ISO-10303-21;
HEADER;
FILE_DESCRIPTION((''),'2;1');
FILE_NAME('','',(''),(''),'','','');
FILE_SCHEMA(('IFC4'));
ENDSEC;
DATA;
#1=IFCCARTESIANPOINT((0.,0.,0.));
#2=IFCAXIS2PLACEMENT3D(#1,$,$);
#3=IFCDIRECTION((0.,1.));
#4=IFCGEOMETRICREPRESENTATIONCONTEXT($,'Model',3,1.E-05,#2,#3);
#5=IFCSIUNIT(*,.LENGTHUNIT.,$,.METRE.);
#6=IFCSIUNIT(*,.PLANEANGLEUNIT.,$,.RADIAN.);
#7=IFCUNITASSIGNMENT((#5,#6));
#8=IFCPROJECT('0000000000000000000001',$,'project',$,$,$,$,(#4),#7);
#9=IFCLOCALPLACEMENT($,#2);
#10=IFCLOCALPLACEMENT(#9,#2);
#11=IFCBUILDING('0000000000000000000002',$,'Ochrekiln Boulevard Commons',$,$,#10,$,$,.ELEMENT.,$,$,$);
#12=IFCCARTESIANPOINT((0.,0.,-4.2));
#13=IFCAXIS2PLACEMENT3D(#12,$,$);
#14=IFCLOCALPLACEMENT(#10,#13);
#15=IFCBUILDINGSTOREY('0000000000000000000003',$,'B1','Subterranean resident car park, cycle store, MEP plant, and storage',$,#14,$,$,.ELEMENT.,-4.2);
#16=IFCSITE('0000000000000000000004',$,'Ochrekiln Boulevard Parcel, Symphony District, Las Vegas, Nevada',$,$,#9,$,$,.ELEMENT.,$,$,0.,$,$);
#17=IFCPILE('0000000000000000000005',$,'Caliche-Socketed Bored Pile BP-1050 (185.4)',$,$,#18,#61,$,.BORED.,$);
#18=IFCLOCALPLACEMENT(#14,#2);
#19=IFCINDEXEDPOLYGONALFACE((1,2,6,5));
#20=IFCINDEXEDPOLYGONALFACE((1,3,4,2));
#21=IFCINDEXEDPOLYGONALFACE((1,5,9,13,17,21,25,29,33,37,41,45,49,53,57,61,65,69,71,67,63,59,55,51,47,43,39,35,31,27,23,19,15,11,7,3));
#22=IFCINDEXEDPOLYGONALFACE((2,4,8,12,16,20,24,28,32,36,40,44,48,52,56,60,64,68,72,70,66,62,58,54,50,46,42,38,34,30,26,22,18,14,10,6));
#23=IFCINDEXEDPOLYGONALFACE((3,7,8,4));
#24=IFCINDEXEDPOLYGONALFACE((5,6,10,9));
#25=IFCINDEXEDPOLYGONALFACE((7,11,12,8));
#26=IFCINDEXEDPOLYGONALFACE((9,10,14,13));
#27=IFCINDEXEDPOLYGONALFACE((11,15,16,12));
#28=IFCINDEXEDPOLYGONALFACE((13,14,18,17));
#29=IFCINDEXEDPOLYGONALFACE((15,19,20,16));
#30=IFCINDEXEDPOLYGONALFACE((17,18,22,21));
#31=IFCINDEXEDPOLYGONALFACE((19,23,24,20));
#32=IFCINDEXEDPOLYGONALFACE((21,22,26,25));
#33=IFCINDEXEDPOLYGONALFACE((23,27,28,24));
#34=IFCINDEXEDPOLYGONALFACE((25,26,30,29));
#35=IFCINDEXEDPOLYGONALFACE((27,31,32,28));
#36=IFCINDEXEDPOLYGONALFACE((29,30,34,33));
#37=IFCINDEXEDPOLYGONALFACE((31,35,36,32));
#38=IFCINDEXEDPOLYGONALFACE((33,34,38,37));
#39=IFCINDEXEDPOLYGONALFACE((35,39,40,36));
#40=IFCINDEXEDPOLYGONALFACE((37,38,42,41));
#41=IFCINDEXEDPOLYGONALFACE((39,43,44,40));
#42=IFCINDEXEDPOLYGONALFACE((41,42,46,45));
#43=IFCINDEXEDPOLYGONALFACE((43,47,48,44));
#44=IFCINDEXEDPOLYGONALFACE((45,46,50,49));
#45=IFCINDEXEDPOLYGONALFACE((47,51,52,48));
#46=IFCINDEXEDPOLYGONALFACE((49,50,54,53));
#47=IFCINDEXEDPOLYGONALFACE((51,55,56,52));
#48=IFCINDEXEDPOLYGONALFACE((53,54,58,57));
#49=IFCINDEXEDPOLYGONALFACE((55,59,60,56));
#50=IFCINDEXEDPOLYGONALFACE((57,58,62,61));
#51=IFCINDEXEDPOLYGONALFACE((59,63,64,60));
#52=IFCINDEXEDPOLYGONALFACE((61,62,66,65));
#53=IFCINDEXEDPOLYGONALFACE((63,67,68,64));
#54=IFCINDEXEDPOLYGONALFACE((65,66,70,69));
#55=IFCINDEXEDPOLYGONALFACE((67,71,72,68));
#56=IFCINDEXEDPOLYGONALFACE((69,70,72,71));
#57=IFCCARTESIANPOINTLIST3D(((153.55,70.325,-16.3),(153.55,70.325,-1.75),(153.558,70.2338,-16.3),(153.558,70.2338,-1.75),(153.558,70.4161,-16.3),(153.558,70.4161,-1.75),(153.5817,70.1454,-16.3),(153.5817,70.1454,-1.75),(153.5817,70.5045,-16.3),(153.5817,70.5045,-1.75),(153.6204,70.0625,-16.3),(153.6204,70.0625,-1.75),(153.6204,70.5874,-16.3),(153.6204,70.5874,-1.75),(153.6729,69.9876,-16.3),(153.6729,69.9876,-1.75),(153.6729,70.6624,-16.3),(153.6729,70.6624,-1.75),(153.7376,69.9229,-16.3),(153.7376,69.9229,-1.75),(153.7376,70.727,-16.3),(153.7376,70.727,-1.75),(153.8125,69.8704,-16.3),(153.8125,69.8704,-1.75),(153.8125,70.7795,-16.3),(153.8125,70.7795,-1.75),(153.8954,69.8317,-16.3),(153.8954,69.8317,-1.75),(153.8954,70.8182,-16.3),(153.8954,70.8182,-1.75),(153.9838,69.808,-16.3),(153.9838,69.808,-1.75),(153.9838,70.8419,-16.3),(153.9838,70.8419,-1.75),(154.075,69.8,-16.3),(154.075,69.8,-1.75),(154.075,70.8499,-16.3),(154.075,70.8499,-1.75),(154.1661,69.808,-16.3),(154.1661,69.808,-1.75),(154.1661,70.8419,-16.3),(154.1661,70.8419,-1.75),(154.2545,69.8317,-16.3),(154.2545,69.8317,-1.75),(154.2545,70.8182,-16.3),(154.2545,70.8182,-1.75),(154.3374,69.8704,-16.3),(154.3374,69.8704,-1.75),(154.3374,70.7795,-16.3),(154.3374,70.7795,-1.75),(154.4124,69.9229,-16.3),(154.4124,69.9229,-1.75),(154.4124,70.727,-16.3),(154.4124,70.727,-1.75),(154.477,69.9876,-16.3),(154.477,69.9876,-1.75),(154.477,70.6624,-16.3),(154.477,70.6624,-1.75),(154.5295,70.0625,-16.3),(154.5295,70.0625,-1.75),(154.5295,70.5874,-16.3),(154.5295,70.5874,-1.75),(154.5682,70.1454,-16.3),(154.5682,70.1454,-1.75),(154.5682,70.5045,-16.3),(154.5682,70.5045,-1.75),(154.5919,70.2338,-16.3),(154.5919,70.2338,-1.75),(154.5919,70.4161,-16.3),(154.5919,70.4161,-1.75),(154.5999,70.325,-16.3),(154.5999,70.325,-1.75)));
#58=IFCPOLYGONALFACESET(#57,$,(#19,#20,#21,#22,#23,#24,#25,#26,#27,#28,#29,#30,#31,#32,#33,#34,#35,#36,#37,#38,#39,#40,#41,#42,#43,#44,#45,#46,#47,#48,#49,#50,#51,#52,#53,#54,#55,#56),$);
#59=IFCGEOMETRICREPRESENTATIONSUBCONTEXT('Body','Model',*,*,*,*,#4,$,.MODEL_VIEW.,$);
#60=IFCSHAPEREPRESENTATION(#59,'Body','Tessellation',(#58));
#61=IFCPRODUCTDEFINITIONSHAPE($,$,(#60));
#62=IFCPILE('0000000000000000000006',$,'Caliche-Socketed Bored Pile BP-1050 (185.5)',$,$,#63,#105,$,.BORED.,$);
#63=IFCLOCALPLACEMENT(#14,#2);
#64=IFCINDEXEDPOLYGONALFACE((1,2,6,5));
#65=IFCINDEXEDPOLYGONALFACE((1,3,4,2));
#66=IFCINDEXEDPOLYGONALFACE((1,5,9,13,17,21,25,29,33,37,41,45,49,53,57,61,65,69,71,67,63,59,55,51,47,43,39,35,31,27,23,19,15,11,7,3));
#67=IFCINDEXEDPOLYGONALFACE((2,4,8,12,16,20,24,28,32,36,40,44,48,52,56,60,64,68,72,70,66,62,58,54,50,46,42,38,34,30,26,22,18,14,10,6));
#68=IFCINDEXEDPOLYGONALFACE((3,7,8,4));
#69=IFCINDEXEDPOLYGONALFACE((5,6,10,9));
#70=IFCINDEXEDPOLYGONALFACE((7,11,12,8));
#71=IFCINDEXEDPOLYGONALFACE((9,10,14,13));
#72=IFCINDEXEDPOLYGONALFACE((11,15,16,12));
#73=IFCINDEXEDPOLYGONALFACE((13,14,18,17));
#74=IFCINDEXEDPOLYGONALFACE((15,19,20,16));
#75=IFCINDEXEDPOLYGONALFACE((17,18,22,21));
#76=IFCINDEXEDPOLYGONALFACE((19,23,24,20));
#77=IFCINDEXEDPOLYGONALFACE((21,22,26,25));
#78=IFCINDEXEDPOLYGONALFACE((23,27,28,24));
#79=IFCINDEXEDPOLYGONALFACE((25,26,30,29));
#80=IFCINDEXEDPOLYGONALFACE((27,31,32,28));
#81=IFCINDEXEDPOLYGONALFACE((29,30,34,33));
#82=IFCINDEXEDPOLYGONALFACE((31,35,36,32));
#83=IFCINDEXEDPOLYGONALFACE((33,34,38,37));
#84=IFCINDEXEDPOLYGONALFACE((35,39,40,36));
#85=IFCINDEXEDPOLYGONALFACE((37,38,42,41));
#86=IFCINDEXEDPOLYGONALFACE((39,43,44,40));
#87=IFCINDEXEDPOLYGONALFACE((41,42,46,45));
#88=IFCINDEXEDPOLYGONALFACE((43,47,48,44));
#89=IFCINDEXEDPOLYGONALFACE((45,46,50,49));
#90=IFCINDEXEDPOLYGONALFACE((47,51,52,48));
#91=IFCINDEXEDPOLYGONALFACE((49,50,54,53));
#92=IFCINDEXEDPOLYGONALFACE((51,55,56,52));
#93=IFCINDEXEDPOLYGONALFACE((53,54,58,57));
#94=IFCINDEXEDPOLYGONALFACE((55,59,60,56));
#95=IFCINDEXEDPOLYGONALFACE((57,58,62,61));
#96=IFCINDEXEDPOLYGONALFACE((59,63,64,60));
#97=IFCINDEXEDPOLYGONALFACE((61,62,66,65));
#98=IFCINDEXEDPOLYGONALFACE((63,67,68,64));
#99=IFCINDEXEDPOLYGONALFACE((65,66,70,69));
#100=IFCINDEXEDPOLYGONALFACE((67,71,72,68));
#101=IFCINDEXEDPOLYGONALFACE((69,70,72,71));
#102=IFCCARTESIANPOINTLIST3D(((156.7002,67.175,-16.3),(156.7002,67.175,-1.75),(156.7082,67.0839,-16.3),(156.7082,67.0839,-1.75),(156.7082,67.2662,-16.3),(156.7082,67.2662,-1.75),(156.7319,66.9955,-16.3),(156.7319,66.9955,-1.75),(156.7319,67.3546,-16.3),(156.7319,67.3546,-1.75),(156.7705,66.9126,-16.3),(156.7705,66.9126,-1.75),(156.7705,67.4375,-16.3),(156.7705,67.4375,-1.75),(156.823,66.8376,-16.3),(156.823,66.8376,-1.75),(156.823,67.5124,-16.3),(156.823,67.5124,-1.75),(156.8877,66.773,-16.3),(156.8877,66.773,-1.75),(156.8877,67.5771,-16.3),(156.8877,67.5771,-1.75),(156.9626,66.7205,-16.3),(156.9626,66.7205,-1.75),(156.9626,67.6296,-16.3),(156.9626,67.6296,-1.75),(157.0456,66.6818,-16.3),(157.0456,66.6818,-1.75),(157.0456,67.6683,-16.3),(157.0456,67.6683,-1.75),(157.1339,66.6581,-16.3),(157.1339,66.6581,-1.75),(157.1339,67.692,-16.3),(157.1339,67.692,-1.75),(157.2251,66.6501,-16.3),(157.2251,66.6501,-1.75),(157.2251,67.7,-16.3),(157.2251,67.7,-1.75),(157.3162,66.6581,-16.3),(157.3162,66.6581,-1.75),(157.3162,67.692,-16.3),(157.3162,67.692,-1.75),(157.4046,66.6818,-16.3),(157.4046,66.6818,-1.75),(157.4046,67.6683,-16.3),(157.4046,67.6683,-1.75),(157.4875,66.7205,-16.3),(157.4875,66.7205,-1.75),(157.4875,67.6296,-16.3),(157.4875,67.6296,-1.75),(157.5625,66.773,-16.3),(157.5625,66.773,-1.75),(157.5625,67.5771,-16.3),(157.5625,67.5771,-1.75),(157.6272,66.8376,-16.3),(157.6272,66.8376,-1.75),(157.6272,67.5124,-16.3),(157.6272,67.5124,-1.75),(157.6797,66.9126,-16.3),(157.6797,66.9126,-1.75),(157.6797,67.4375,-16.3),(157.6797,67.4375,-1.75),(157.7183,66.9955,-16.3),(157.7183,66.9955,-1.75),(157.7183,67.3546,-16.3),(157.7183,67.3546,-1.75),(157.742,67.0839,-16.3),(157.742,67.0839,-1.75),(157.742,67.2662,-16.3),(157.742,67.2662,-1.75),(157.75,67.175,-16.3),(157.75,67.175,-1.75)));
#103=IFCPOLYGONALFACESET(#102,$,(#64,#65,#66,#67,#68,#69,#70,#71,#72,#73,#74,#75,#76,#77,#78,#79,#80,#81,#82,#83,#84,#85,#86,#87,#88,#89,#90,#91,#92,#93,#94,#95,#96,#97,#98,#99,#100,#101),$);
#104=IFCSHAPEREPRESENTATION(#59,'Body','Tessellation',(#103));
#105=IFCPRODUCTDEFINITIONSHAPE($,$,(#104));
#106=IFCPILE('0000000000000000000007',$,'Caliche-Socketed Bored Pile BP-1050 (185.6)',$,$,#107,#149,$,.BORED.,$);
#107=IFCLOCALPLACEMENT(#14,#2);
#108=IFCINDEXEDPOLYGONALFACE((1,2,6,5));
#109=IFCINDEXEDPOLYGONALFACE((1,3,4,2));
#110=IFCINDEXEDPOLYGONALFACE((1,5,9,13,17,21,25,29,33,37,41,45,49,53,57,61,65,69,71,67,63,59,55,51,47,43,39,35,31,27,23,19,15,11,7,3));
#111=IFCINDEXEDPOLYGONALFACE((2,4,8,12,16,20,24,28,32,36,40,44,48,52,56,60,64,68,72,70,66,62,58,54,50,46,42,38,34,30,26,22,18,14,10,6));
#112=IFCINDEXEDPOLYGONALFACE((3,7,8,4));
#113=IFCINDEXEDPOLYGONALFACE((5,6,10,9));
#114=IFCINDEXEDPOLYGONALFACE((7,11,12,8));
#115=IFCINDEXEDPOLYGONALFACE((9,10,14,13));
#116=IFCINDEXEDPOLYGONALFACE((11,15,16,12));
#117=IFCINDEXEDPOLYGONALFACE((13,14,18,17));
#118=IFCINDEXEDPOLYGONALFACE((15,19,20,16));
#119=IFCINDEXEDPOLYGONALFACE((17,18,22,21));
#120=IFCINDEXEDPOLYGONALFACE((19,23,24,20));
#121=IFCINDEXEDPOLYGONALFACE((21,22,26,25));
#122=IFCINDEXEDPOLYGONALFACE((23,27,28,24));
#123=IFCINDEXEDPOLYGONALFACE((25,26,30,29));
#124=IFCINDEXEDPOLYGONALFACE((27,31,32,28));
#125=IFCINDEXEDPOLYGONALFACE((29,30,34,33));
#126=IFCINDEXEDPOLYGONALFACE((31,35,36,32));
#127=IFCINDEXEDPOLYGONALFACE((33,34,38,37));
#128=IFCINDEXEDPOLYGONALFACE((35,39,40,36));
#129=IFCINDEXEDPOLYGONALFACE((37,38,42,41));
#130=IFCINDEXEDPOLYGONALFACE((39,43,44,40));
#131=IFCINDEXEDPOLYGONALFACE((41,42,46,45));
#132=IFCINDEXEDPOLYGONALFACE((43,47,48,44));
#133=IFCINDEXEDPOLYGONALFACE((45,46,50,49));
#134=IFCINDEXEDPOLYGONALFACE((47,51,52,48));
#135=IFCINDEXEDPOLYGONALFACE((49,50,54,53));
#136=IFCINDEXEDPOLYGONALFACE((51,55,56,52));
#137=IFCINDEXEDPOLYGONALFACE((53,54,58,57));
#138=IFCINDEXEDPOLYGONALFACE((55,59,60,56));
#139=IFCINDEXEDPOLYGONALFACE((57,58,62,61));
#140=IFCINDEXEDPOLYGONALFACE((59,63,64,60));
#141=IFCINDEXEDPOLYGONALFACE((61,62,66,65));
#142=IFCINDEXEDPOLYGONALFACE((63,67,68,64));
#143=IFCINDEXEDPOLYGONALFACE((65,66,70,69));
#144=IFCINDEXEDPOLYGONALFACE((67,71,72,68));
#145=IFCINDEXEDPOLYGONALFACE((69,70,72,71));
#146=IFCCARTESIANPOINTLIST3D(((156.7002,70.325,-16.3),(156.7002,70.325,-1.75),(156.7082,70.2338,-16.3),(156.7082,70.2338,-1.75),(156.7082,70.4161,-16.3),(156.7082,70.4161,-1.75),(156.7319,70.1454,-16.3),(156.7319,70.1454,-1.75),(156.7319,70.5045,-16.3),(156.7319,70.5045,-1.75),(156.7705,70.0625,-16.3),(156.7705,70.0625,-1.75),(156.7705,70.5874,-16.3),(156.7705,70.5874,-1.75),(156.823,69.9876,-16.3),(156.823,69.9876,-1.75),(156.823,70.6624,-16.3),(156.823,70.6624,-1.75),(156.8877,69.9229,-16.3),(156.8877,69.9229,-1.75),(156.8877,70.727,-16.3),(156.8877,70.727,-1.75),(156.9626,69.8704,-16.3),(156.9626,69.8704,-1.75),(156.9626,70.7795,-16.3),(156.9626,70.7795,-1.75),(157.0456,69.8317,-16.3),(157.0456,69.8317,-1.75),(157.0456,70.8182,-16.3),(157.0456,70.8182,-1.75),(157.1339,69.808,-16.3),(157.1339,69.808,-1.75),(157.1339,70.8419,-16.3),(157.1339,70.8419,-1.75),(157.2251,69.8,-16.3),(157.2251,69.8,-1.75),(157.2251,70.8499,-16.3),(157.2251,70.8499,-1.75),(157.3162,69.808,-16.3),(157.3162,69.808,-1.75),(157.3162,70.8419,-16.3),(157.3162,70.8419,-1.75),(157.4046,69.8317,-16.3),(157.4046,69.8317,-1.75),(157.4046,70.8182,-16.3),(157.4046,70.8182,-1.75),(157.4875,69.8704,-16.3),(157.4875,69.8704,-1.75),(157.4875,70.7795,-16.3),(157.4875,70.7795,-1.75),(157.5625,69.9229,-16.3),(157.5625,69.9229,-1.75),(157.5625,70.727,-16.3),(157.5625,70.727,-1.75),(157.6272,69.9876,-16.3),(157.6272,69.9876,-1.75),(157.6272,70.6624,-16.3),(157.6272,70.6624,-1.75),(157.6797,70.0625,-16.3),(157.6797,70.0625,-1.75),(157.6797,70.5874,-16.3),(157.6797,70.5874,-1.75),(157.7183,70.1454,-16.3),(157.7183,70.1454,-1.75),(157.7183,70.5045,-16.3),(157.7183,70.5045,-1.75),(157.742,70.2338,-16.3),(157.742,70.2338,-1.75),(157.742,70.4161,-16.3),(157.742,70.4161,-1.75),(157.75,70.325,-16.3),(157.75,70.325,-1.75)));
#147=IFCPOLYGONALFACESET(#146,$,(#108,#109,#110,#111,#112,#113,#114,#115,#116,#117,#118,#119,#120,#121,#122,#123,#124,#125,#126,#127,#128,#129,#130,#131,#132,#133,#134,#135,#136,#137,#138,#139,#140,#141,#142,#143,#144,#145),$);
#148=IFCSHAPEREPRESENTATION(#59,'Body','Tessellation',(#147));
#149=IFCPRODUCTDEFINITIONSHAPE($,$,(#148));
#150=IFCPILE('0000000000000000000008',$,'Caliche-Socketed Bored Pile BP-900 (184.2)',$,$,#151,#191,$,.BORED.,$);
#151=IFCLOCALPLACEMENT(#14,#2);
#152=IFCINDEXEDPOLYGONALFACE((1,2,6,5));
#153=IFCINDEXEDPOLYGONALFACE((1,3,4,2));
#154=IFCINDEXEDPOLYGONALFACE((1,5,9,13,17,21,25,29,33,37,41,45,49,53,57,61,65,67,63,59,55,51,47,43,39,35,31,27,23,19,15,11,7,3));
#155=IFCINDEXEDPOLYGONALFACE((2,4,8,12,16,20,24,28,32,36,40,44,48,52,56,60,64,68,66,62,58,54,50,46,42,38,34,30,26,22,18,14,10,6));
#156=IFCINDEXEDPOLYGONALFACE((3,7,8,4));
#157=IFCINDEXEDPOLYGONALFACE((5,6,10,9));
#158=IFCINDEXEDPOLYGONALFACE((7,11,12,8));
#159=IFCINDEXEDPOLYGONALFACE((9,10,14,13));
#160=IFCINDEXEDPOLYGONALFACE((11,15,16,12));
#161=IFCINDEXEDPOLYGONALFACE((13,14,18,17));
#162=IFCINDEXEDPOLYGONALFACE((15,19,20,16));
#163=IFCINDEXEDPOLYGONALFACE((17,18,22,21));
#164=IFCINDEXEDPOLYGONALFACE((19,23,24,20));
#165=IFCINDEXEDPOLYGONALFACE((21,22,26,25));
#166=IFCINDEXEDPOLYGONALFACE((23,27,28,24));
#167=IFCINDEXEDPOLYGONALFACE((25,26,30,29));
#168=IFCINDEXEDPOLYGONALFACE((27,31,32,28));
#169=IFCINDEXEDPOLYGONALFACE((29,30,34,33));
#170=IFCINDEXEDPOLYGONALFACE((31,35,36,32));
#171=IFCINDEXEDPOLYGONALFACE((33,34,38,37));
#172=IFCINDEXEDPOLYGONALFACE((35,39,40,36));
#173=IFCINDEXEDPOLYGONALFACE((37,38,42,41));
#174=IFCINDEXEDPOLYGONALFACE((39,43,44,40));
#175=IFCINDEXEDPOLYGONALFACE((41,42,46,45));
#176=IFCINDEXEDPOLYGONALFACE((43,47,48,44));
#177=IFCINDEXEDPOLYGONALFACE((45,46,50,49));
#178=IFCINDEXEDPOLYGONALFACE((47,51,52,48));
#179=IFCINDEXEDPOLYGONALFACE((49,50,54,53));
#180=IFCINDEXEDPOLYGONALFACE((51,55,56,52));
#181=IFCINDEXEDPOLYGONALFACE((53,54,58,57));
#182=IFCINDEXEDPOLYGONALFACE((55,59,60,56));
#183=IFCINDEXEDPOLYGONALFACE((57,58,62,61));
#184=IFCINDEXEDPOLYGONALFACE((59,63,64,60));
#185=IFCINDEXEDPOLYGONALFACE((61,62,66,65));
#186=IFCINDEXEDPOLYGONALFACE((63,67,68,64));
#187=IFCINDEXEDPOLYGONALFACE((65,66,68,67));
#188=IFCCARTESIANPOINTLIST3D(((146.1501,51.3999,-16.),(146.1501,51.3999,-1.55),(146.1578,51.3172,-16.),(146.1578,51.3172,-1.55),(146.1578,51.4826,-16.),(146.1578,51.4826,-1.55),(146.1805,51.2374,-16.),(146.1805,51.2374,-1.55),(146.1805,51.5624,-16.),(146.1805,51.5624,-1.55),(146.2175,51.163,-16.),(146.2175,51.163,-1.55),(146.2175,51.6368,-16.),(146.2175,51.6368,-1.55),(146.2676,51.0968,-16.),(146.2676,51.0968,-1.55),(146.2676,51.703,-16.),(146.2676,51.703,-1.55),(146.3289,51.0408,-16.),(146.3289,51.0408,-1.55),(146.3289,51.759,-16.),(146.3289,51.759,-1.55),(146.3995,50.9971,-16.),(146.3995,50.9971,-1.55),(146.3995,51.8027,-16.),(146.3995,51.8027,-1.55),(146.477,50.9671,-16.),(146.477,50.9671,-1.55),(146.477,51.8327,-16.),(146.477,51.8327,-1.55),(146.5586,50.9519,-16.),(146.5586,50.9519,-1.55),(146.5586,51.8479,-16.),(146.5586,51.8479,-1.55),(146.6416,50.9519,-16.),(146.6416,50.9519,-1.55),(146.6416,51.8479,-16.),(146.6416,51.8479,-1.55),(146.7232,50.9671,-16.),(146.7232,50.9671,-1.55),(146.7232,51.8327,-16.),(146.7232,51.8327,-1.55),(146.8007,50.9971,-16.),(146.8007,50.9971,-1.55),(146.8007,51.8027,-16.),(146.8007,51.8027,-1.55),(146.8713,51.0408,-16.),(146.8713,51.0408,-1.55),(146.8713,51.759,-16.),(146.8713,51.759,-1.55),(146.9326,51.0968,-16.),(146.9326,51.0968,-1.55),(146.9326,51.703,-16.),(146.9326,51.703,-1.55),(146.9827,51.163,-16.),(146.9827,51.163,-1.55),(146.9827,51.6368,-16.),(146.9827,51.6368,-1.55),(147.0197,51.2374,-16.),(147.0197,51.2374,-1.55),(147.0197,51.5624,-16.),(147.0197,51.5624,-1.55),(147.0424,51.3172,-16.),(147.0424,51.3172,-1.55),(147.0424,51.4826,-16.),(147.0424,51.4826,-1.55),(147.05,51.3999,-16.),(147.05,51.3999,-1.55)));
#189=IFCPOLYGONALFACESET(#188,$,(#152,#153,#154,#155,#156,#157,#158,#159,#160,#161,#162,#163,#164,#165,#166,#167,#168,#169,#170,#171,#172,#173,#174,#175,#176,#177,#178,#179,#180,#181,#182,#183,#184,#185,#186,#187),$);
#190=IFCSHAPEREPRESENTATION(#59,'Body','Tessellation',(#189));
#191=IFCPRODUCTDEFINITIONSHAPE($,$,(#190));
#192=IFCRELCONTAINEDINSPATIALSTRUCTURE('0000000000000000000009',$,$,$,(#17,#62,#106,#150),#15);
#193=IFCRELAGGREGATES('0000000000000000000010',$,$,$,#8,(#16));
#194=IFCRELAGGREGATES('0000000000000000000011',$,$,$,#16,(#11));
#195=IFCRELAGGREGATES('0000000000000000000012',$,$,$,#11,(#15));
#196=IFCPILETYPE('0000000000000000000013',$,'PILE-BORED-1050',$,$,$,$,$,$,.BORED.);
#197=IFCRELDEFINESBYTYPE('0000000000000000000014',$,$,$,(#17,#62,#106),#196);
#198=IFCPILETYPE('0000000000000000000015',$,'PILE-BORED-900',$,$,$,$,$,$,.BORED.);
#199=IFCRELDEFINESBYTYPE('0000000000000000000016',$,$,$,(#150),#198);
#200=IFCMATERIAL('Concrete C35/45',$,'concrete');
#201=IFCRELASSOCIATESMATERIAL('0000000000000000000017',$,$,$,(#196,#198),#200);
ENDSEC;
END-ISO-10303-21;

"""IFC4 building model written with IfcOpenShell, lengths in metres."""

from ifc_helpers import new_model, si_unit, direction, frame, origin, origin_2d, place, context, subcontext, project, spatial, circle, extrude, material, material_profile, profile_set, type_object, element, save


model = new_model("IFC4")

# Units and contexts
model_context = context("Model", 3, precision=1e-05, world=origin(), true_north=direction((0.0, 1.0)))
body_context = subcontext(model_context, "Body", "Model", "MODEL_VIEW")
ifc_project = project(units=[si_unit("LENGTHUNIT", "METRE"), si_unit("PLANEANGLEUNIT", "RADIAN")], contexts=[model_context])

# Site, building, storey
site_placement = place(None, origin())
site = spatial("IfcSite", under=ifc_project, at=site_placement, Name="Ochrekiln Boulevard Parcel, Symphony District, Las Vegas, Nevada", CompositionType="ELEMENT", RefElevation=0.0)
building_placement = place(site_placement, origin())
building = spatial("IfcBuilding", under=site, at=building_placement, Name="Ochrekiln Boulevard Commons", CompositionType="ELEMENT")
storey_placement = place(building_placement, frame((0.0, 0.0, -4.2)))
storey = spatial("IfcBuildingStorey", under=building, at=storey_placement, Name="B1", Description="Subterranean resident car park, cycle store, MEP plant, and storage", CompositionType="ELEMENT", Elevation=-4.2)

# Shared definitions
ifc_material_1 = material(Name="Concrete C35/45", Category="concrete")

# Piles
ifc_material_profile_1 = material_profile(ifc_material_1, circle(Radius=0.5249, at=origin_2d()), Name="PILE-D1050")
ifc_profile_set_1 = profile_set([ifc_material_profile_1], Name="Concrete C35/45")
pile_type_1 = type_object("IfcPileType", Name="PILE-BORED-1050", PredefinedType="BORED", material=ifc_profile_set_1)
for number, where, z_axis, x_axis, name in (
    (1, (154.075, 70.325, -1.75), (0.0, 0.0, -1.0), (1.0, 0.0, 0.0), "Caliche-Socketed Bored Pile BP-1050 (185.4)"),
    (2, (157.2251, 67.175, -1.75), (0.0, 0.0, -1.0), (1.0, 0.0, 0.0), "Caliche-Socketed Bored Pile BP-1050 (185.5)"),
    (3, (157.2251, 70.325, -1.75), (0.0, 0.0, -1.0), (1.0, 0.0, 0.0), "Caliche-Socketed Bored Pile BP-1050 (185.6)"),
):
    element("IfcPile", number, at=place(storey_placement, frame(where, z_axis=z_axis, x_axis=x_axis)), inside=storey, type_object=pile_type_1, Name=name, PredefinedType="BORED", context=body_context, shape_type="SweptSolid", body=[
        extrude(circle(Radius=0.5249, at=origin_2d()), origin(), (0.0, 0.0, 1.0), 14.55),
    ])
ifc_material_profile_2 = material_profile(ifc_material_1, circle(Radius=0.45, at=origin_2d()), Name="PILE-D900")
ifc_profile_set_2 = profile_set([ifc_material_profile_2], Name="Concrete C35/45")
pile_type_2 = type_object("IfcPileType", Name="PILE-BORED-900", PredefinedType="BORED", material=ifc_profile_set_2)
for number, where, z_axis, x_axis, name in (
    (4, (146.6001, 51.3999, -1.55), (0.0, 0.0, -1.0), (1.0, 0.0, 0.0), "Caliche-Socketed Bored Pile BP-900 (184.2)"),
):
    element("IfcPile", number, at=place(storey_placement, frame(where, z_axis=z_axis, x_axis=x_axis)), inside=storey, type_object=pile_type_2, Name=name, PredefinedType="BORED", context=body_context, shape_type="SweptSolid", body=[
        extrude(circle(Radius=0.45, at=origin_2d()), origin(), (0.0, 0.0, 1.0), 14.45),
    ])

save(model, "model.ifc")
